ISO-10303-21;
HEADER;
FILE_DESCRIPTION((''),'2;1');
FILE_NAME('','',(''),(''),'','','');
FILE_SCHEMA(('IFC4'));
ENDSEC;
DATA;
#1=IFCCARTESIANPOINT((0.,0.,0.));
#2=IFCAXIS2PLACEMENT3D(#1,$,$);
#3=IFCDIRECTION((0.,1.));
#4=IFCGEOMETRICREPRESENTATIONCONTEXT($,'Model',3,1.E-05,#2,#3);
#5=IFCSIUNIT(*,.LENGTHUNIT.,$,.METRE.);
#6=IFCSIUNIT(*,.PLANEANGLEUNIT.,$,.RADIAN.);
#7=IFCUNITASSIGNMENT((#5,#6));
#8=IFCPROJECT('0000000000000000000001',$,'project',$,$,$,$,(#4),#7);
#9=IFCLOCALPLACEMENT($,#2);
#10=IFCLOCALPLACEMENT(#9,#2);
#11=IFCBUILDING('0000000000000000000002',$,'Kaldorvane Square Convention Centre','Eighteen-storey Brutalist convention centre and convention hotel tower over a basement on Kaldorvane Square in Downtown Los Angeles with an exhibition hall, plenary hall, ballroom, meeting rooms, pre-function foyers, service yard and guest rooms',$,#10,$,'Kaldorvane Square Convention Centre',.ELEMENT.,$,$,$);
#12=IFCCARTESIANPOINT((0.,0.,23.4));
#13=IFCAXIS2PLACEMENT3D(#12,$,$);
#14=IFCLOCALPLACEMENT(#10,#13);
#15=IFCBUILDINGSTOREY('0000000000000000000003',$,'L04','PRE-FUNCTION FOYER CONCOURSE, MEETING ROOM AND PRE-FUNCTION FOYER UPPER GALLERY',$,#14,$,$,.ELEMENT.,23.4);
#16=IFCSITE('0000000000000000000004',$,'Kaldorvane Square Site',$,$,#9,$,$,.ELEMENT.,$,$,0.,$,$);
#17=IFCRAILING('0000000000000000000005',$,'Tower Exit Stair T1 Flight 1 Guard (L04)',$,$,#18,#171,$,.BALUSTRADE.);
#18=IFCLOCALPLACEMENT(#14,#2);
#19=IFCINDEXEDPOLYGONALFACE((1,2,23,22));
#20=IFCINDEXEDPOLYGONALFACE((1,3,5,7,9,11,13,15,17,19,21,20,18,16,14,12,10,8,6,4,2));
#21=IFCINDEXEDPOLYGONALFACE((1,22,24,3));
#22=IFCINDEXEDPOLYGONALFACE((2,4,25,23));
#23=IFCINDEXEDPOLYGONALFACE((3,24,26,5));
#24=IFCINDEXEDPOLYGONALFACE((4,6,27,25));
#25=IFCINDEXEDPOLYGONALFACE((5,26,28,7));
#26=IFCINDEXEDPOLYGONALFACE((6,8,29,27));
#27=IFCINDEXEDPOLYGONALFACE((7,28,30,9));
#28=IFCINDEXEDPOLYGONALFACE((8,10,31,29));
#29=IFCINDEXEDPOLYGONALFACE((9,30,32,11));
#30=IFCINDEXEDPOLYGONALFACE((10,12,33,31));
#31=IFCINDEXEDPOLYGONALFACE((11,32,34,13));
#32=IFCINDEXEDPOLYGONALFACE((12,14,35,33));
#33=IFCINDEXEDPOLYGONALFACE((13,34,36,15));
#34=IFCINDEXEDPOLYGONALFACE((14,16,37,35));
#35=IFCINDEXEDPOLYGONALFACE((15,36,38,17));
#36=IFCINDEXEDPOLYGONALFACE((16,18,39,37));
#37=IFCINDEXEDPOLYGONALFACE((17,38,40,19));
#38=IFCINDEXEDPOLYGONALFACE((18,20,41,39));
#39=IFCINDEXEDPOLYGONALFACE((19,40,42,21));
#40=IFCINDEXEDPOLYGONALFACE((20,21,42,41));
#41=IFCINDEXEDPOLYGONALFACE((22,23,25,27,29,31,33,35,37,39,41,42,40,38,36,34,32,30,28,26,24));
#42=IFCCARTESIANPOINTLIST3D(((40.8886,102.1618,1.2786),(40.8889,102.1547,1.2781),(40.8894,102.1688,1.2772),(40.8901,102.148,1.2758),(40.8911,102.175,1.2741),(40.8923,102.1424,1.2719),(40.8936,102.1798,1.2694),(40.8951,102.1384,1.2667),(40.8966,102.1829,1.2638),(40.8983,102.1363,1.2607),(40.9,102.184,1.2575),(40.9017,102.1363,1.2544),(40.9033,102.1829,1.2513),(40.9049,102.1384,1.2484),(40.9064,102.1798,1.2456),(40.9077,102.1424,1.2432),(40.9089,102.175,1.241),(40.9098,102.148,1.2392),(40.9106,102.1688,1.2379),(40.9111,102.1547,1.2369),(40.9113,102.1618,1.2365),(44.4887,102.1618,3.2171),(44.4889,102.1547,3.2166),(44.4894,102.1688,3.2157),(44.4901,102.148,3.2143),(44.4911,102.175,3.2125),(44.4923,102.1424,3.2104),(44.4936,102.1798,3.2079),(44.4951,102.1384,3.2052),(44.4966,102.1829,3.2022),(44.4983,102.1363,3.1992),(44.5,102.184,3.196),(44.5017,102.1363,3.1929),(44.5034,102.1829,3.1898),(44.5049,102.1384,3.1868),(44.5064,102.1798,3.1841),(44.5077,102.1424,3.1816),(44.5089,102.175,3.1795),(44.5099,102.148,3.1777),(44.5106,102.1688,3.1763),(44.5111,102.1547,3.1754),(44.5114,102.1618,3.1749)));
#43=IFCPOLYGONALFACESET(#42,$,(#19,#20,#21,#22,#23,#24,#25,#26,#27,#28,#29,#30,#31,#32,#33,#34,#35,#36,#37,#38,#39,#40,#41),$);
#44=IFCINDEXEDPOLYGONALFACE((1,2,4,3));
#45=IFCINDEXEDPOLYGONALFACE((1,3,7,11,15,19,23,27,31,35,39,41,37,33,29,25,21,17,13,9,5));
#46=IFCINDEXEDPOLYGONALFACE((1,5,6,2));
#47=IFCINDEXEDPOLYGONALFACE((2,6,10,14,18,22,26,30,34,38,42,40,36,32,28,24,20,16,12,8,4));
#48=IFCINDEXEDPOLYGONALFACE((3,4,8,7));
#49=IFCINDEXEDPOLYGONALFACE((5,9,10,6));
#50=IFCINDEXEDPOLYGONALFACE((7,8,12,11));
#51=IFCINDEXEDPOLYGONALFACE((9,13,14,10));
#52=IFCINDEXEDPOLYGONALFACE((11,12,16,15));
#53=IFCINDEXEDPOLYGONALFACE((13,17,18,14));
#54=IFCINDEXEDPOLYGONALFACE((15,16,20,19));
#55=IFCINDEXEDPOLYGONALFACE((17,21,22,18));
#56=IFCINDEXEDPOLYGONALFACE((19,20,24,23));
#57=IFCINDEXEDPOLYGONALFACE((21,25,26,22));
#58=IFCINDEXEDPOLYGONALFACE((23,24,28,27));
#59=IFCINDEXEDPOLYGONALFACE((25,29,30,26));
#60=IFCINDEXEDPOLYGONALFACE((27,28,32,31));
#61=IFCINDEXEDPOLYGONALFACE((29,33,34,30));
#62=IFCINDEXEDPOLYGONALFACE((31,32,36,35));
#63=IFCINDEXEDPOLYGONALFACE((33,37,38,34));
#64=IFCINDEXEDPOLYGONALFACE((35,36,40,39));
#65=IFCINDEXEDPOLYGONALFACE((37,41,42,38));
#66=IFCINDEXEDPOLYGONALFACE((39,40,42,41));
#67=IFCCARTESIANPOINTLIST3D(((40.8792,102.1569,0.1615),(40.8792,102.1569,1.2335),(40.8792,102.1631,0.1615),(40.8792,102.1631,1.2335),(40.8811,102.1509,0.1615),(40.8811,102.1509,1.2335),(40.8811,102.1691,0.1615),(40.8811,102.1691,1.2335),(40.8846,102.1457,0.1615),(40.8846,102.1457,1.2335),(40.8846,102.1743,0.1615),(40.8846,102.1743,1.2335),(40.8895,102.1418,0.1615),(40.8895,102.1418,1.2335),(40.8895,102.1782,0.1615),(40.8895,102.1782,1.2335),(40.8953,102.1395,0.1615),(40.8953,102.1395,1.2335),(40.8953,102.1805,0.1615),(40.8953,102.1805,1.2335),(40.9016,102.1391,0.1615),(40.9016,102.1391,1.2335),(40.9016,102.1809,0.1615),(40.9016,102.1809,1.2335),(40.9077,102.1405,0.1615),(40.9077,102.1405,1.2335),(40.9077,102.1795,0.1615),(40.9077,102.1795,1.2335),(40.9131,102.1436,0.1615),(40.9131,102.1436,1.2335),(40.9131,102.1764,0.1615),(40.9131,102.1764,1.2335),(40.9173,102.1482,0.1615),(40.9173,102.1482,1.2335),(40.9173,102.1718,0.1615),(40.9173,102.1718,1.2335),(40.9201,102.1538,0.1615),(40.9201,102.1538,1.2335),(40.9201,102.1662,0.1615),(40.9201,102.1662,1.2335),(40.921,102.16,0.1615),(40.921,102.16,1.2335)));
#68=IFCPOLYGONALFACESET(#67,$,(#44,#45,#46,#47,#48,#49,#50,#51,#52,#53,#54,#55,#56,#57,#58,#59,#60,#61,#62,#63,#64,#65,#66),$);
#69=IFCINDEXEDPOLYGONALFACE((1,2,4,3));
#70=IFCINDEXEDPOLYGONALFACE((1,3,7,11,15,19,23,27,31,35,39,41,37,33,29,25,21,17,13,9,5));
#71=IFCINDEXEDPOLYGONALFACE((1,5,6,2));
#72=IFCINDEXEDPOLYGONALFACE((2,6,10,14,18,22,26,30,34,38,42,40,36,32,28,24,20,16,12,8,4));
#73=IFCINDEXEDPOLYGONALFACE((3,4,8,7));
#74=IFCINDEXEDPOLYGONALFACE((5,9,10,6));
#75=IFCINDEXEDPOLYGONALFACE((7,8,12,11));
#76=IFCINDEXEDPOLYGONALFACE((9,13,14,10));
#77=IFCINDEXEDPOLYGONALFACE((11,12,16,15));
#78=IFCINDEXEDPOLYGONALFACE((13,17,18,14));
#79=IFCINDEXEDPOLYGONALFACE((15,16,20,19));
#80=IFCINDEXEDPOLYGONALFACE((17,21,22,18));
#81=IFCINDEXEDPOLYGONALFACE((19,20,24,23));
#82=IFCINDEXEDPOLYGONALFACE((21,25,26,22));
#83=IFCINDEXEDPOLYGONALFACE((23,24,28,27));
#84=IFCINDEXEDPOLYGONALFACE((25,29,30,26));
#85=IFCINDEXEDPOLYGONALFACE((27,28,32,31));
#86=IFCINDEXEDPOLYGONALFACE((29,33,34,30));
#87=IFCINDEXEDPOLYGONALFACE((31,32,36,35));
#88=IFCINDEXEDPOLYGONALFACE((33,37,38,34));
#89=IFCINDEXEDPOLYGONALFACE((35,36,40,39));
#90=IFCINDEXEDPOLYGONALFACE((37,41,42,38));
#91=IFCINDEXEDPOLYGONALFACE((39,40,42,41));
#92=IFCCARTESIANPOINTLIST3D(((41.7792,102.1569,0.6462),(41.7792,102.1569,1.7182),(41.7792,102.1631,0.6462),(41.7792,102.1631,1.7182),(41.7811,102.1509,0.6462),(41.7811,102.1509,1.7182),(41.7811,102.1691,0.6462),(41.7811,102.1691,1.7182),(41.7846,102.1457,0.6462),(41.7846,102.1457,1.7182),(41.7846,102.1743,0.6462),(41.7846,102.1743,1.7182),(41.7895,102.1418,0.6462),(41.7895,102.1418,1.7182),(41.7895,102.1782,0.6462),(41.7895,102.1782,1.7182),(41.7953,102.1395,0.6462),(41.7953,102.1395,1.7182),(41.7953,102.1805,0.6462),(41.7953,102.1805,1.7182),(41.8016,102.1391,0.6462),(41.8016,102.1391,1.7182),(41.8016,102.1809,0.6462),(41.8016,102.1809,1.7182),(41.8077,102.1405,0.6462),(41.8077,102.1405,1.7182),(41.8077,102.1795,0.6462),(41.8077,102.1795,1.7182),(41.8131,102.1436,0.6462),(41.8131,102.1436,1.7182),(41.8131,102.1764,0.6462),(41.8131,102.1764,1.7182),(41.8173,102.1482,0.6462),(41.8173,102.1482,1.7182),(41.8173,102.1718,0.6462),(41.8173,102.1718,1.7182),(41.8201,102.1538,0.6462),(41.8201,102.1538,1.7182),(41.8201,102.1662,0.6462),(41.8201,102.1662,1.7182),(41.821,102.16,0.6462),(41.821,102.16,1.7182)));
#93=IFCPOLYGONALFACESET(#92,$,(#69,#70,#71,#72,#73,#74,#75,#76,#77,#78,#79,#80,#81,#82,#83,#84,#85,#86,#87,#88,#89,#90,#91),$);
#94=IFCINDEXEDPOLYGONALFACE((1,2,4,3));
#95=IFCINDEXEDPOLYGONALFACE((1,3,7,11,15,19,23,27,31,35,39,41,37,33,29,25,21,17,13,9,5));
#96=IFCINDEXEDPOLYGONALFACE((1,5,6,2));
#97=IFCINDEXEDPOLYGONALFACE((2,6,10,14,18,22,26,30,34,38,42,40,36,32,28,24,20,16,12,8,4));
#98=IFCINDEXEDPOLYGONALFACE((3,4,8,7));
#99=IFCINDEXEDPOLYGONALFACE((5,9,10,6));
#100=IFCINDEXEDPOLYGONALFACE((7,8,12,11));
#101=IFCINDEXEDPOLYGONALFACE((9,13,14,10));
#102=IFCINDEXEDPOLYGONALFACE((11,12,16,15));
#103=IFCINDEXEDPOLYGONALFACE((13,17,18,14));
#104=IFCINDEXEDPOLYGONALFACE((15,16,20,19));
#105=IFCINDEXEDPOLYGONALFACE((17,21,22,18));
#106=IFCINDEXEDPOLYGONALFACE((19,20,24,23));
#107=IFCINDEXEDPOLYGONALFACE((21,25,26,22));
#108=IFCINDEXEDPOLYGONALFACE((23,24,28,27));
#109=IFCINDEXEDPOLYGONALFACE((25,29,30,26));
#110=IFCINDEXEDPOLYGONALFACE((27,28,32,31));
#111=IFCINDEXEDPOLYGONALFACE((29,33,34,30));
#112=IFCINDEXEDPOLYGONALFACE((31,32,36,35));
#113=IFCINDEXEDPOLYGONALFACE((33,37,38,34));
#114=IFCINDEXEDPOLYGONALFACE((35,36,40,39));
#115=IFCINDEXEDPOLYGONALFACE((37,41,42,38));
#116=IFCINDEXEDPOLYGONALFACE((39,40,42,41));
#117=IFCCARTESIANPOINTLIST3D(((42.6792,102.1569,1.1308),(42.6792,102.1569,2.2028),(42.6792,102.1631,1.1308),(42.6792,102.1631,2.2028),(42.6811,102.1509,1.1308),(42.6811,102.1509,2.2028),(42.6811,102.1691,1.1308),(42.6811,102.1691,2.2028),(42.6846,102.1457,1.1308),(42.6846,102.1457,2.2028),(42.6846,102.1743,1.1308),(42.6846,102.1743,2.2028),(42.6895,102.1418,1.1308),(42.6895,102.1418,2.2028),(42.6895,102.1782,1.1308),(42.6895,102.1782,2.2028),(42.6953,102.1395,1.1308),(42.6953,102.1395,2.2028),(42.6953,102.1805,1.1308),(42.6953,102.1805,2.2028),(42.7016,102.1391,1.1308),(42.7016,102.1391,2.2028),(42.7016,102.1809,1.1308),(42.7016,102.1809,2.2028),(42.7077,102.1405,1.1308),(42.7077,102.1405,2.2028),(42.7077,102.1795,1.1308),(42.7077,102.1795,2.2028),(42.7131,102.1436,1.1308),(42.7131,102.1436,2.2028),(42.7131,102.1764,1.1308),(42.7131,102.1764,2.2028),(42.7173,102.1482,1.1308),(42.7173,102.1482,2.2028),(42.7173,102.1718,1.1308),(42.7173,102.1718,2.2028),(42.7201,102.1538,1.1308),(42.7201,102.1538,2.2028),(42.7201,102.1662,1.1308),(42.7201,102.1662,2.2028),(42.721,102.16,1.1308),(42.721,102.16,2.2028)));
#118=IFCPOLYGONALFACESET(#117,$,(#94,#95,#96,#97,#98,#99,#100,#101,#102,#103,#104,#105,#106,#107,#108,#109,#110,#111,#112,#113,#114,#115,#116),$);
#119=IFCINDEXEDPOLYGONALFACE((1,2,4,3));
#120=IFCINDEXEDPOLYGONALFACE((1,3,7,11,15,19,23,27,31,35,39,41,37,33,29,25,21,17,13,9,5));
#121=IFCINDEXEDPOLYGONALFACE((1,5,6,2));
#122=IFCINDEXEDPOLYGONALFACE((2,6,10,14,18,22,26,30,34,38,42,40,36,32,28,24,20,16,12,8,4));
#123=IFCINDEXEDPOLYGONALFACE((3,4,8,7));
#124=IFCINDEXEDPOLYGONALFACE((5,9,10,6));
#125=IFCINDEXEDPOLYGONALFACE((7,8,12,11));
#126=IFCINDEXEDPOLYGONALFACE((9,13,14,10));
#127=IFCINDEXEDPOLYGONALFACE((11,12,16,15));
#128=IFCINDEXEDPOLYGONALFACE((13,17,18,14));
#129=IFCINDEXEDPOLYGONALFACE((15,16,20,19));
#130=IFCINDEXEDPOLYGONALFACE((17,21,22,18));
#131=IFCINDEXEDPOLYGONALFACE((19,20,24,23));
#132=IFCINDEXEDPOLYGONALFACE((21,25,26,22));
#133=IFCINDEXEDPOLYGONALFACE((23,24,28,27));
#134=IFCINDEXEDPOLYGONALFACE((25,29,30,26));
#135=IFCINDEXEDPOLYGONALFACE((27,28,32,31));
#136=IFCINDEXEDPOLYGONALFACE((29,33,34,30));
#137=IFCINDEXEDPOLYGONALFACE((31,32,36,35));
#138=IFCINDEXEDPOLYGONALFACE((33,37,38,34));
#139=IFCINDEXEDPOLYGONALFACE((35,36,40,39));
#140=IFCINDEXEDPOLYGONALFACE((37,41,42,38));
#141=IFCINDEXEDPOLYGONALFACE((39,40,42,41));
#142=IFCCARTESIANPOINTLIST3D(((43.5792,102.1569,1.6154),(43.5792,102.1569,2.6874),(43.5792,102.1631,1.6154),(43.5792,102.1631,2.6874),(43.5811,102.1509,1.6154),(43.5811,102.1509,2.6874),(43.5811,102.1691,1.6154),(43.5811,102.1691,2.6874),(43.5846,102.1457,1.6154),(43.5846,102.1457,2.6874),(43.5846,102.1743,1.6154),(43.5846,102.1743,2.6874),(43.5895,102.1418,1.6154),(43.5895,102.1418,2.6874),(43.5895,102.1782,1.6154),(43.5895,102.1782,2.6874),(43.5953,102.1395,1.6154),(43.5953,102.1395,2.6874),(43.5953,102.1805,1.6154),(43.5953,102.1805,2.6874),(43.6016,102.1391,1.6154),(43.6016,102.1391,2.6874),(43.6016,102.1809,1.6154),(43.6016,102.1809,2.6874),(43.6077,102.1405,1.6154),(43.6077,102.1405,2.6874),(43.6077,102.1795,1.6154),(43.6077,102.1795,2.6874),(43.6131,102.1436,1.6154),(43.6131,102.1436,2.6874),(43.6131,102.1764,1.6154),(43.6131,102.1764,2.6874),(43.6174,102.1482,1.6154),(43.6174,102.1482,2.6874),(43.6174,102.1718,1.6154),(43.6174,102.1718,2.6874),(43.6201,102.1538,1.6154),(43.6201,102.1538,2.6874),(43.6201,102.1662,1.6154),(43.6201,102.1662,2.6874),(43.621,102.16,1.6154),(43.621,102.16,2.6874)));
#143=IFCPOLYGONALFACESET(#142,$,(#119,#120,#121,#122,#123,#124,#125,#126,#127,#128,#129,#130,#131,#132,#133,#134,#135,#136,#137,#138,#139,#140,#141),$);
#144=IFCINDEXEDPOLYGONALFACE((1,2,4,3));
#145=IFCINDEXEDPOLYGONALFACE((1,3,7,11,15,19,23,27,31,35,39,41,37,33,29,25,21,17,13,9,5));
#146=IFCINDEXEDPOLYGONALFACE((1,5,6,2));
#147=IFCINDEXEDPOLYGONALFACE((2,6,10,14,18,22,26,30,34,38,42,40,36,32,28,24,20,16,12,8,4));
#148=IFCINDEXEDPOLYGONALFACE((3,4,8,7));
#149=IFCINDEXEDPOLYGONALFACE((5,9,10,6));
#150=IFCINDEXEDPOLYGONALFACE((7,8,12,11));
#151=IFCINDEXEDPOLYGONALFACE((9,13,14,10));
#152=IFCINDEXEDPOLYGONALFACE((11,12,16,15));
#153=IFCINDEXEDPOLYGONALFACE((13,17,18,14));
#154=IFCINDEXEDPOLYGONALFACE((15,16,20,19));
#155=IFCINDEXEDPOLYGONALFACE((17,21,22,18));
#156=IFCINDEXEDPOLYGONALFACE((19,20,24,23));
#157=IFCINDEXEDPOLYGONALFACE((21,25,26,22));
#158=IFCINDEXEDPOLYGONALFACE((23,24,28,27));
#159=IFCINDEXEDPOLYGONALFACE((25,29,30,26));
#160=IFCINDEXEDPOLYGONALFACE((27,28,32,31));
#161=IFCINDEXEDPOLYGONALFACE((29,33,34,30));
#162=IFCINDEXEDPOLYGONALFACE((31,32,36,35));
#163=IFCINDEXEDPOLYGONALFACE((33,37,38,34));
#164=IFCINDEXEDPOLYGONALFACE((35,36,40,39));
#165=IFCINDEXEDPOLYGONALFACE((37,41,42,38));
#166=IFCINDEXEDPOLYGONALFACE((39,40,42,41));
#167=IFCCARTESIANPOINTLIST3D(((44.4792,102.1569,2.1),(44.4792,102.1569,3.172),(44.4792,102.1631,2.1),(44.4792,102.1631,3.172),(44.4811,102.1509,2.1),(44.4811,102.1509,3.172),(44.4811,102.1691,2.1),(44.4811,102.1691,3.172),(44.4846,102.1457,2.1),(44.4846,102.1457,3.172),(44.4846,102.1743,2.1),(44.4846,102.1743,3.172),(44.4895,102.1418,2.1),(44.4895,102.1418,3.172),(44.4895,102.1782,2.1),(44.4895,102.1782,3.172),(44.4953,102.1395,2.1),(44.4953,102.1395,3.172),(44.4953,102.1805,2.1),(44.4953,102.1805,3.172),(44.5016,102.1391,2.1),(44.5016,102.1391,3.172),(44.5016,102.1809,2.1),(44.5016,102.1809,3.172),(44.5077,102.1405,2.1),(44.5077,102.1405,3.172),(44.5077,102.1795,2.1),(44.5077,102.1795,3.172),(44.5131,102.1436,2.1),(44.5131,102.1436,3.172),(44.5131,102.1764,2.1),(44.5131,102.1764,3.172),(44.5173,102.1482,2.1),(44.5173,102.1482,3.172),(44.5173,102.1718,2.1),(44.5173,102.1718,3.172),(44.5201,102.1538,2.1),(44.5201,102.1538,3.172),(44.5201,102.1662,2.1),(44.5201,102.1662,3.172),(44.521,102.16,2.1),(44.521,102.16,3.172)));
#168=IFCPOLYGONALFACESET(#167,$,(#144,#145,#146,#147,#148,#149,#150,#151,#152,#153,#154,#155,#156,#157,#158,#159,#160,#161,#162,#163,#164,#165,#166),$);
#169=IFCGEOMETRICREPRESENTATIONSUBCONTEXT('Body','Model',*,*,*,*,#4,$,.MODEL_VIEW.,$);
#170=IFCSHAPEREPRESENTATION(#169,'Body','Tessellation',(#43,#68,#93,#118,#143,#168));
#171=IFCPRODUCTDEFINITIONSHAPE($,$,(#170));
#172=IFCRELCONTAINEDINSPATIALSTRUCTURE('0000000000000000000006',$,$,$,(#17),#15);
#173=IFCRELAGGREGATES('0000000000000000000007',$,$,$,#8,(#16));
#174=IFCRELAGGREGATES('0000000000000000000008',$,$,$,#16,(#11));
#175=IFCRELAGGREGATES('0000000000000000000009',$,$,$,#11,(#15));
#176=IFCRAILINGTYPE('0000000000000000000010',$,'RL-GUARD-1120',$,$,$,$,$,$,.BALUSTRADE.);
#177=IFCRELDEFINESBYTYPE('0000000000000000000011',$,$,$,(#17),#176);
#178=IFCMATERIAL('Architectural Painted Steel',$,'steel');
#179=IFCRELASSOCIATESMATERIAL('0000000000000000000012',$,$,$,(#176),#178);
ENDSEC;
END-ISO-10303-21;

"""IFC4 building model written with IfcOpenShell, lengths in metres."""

from ifc_helpers import new_model, si_unit, direction, frame, origin, origin_2d, place, context, subcontext, project, spatial, circle, extrude, material, type_object, element, save


model = new_model("IFC4")

# Units and contexts
model_context = context("Model", 3, precision=1e-05, world=origin(), true_north=direction((0.0, 1.0)))
body_context = subcontext(model_context, "Body", "Model", "MODEL_VIEW")
ifc_project = project(units=[si_unit("LENGTHUNIT", "METRE"), si_unit("PLANEANGLEUNIT", "RADIAN")], contexts=[model_context])

# Site, building, storey
site_placement = place(None, origin())
site = spatial("IfcSite", under=ifc_project, at=site_placement, Name="Kaldorvane Square Site", CompositionType="ELEMENT", RefElevation=0.0)
building_placement = place(site_placement, origin())
building = spatial("IfcBuilding", under=site, at=building_placement, Name="Kaldorvane Square Convention Centre", Description="Eighteen-storey Brutalist convention centre and convention hotel tower over a basement on Kaldorvane Square in Downtown Los Angeles with an exhibition hall, plenary hall, ballroom, meeting rooms, pre-function foyers, service yard and guest rooms", LongName="Kaldorvane Square Convention Centre", CompositionType="ELEMENT")
storey_placement = place(building_placement, frame((0.0, 0.0, 23.4)))
storey = spatial("IfcBuildingStorey", under=building, at=storey_placement, Name="L04", Description="PRE-FUNCTION FOYER CONCOURSE, MEETING ROOM AND PRE-FUNCTION FOYER UPPER GALLERY", CompositionType="ELEMENT", Elevation=23.4)

# Railing
ifc_material_1 = material(Name="Architectural Painted Steel", Category="steel")
railing_type_1 = type_object("IfcRailingType", Name="RL-GUARD-1120", PredefinedType="BALUSTRADE", material=ifc_material_1)
railing_1_placement = place(storey_placement, frame((40.9, 102.16, 0.1615)))
element("IfcRailing", 1, at=railing_1_placement, inside=storey, type_object=railing_type_1, Name="Tower Exit Stair T1 Flight 1 Guard (L04)", PredefinedType="BALUSTRADE", context=body_context, shape_type="SweptSolid", body=[
    extrude(circle(Radius=0.024, at=origin_2d()), frame((0.0, 0.0, 1.096), z_axis=(0.880471, 0.0, 0.474099), x_axis=(0.0, 1.0, 0.0)), (0.0, 0.0, 1.0), 4.0887),
    extrude(circle(Radius=0.021, at=origin_2d()), origin(), (0.0, 0.0, 1.0), 1.072),
    extrude(circle(Radius=0.021, at=origin_2d()), frame((0.9, 0.0, 0.4846)), (0.0, 0.0, 1.0), 1.072),
    extrude(circle(Radius=0.021, at=origin_2d()), frame((1.8, 0.0, 0.9692)), (0.0, 0.0, 1.0), 1.072),
    extrude(circle(Radius=0.021, at=origin_2d()), frame((2.7, 0.0, 1.4538)), (0.0, 0.0, 1.0), 1.072),
    extrude(circle(Radius=0.021, at=origin_2d()), frame((3.6, 0.0, 1.9385)), (0.0, 0.0, 1.0), 1.072),
])

save(model, "model.ifc")
